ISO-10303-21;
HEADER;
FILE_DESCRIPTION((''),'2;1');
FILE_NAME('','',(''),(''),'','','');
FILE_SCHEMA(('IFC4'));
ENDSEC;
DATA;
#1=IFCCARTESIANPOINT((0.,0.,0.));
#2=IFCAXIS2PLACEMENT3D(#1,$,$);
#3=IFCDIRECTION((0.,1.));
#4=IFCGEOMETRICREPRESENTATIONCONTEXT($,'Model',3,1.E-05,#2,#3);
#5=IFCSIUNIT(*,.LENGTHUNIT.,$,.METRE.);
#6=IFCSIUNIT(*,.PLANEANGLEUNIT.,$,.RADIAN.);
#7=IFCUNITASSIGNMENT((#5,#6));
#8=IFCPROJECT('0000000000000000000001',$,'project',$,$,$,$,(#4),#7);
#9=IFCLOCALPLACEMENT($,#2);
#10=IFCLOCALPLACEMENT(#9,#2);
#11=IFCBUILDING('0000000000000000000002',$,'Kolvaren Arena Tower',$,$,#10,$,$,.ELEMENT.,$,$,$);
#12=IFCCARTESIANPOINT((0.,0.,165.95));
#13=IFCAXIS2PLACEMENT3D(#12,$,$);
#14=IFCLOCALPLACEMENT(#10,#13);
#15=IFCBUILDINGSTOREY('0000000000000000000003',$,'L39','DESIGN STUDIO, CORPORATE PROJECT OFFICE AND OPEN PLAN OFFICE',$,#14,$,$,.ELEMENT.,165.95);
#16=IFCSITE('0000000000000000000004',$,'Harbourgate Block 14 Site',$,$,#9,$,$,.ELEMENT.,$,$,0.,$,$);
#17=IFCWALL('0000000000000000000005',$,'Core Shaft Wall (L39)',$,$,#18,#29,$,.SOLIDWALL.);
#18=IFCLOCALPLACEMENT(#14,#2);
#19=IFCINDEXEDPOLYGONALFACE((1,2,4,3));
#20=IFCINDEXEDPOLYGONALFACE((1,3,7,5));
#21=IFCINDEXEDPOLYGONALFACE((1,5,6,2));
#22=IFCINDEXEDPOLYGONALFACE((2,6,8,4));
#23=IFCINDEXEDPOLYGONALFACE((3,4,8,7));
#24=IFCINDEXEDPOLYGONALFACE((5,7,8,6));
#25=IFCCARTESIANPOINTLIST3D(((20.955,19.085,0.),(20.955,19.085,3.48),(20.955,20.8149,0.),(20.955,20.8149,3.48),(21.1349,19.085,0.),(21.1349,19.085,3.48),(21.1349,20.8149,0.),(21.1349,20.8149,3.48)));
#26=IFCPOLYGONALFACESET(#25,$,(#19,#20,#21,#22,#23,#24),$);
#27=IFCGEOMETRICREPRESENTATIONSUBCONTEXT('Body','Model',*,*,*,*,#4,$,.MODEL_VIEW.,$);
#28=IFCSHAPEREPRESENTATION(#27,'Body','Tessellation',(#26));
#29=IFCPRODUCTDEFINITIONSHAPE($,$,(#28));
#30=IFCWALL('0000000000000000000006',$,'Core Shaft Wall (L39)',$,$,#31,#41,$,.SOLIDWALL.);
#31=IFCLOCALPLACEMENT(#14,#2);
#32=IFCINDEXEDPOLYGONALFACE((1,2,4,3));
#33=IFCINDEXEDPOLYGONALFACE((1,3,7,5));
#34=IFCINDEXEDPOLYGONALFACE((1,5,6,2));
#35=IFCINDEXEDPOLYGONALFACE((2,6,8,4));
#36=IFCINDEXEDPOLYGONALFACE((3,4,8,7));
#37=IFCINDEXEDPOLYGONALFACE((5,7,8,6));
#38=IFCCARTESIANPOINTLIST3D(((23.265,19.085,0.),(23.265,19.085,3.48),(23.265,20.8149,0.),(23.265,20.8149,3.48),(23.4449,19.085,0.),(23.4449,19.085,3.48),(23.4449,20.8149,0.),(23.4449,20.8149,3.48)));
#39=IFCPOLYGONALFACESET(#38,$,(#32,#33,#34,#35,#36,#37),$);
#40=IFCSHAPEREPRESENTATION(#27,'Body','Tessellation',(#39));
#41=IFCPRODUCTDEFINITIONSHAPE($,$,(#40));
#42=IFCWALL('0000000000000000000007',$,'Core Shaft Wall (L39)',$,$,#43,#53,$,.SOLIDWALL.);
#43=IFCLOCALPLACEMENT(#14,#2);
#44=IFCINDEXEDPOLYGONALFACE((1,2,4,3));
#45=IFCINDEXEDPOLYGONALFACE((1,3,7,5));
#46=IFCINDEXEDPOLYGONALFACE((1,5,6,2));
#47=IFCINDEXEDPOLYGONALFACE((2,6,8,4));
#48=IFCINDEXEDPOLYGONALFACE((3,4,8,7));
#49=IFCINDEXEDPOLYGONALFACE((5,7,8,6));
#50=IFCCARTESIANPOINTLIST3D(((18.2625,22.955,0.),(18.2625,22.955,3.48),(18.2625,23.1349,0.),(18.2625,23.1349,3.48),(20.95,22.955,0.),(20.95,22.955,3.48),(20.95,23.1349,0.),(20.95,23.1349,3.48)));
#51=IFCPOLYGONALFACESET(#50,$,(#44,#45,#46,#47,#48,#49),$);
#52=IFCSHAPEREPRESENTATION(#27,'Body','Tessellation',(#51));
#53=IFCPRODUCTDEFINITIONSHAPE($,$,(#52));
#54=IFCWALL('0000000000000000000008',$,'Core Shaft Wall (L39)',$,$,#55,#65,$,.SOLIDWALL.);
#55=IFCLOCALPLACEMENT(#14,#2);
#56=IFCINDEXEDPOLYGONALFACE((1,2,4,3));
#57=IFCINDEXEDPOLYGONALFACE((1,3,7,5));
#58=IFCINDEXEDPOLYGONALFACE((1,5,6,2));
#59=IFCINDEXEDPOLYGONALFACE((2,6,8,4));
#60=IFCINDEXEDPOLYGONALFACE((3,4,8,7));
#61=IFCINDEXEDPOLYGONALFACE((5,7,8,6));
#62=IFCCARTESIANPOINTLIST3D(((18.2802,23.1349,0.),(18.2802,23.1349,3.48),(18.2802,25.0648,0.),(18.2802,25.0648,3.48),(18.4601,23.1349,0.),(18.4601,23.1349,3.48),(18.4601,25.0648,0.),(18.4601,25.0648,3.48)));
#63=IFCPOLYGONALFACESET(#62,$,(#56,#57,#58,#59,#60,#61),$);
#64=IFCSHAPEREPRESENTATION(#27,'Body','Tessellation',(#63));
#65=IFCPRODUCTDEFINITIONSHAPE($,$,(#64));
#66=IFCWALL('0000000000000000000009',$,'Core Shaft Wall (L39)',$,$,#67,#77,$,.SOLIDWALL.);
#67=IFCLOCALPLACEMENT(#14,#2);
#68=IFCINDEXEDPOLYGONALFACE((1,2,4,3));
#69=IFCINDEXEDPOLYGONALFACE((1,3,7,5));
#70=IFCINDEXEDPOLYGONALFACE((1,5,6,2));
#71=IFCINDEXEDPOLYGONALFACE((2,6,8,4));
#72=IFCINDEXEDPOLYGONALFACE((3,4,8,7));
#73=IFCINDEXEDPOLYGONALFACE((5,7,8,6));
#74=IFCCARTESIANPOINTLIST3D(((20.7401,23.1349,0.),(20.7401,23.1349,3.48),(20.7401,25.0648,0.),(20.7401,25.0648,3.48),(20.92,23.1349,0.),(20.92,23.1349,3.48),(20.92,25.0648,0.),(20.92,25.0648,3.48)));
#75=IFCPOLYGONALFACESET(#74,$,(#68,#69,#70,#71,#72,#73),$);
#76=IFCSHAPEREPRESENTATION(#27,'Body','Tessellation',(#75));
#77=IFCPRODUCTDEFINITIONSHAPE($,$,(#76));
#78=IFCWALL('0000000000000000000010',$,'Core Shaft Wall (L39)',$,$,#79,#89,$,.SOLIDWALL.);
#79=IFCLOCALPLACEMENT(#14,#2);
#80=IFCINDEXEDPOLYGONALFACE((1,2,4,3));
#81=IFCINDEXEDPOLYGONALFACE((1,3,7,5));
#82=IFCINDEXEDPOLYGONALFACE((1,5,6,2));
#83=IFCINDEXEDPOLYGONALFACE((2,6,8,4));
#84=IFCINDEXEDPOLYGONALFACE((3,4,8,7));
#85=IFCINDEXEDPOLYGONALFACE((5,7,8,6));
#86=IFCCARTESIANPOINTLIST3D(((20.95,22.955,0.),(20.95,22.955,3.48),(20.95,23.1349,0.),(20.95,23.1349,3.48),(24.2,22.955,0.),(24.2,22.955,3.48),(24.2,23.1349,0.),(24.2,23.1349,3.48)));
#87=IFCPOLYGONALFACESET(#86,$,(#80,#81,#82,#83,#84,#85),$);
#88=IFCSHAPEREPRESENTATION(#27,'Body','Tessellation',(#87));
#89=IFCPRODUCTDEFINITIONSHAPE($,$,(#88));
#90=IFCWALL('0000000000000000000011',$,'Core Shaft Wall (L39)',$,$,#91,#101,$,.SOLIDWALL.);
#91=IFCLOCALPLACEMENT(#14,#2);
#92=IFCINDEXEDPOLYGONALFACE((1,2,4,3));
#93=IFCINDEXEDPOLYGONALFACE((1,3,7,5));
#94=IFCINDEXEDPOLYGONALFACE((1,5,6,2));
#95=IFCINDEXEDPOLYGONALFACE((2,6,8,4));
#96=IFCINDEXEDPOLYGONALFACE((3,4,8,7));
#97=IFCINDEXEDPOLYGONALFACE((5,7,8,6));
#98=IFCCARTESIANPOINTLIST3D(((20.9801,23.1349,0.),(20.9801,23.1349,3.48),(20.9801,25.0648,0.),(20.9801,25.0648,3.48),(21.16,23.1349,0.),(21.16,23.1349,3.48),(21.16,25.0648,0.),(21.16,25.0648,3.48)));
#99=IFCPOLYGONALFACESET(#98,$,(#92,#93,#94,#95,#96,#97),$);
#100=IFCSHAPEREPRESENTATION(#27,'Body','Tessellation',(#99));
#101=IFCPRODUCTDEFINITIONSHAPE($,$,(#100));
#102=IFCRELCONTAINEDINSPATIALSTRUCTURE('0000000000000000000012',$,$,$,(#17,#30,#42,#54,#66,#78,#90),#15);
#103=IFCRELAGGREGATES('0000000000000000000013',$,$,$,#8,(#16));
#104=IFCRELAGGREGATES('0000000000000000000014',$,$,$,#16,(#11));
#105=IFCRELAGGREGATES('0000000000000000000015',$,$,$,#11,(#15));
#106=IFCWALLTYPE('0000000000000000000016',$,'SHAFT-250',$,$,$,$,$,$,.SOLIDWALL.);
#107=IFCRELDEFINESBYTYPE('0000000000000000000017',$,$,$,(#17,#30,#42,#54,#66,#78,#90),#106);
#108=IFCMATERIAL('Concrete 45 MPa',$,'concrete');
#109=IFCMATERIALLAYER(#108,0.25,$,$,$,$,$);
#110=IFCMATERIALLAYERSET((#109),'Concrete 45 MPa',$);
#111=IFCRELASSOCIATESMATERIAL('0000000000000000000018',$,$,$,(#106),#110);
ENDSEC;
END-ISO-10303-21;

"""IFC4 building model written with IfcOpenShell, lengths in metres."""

from ifc_helpers import new_model, si_unit, direction, frame, frame_2d, origin, place, context, subcontext, project, spatial, rectangle, extrude, material, layer, layer_set, type_object, element, save


model = new_model("IFC4")

# Units and contexts
model_context = context("Model", 3, precision=1e-05, world=origin(), true_north=direction((0.0, 1.0)))
body_context = subcontext(model_context, "Body", "Model", "MODEL_VIEW")
ifc_project = project(units=[si_unit("LENGTHUNIT", "METRE"), si_unit("PLANEANGLEUNIT", "RADIAN")], contexts=[model_context])

# Site, building, storey
site_placement = place(None, origin())
site = spatial("IfcSite", under=ifc_project, at=site_placement, Name="Harbourgate Block 14 Site", CompositionType="ELEMENT", RefElevation=0.0)
building_placement = place(site_placement, origin())
building = spatial("IfcBuilding", under=site, at=building_placement, Name="Kolvaren Arena Tower", CompositionType="ELEMENT")
storey_placement = place(building_placement, frame((0.0, 0.0, 165.95)))
storey = spatial("IfcBuildingStorey", under=building, at=storey_placement, Name="L39", Description="DESIGN STUDIO, CORPORATE PROJECT OFFICE AND OPEN PLAN OFFICE", CompositionType="ELEMENT", Elevation=165.95)

# Shared definitions
ifc_material_1 = material(Name="Concrete 45 MPa", Category="concrete")
ifc_layer_1 = layer(ifc_material_1, 0.25)
ifc_layer_set_1 = layer_set([ifc_layer_1], Name="Concrete 45 MPa")
wall_type_1 = type_object("IfcWallType", Name="SHAFT-250", PredefinedType="SOLIDWALL", material=ifc_layer_set_1)

# Walls
for number, where, z_axis, x_axis, name in (
    (1, (21.0449, 19.085, 0.0), (0.0, 0.0, 1.0), (0.0, 1.0, 0.0), "Core Shaft Wall (L39)"),
    (2, (23.355, 19.085, 0.0), (0.0, 0.0, 1.0), (0.0, 1.0, 0.0), "Core Shaft Wall (L39)"),
):
    element("IfcWall", number, at=place(storey_placement, frame(where, z_axis=z_axis, x_axis=x_axis)), inside=storey, type_object=wall_type_1, Name=name, PredefinedType="SOLIDWALL", context=body_context, shape_type="SweptSolid", body=[
        extrude(rectangle(XDim=1.73, YDim=0.1799, at=frame_2d((0.865, 0.0))), origin(), (0.0, 0.0, 1.0), 3.48),
    ])
wall_1_placement = place(storey_placement, frame((18.2625, 23.0449, 0.0), z_axis=(0.0, 0.0, 1.0), x_axis=(1.0, 0.0, 0.0)))
element("IfcWall", 3, at=wall_1_placement, inside=storey, type_object=wall_type_1, Name="Core Shaft Wall (L39)", PredefinedType="SOLIDWALL", context=body_context, shape_type="SweptSolid", body=[
    extrude(rectangle(XDim=2.6875, YDim=0.1799, at=frame_2d((1.3438, 0.0))), origin(), (0.0, 0.0, 1.0), 3.48),
])
for number, where, z_axis, x_axis, name in (
    (4, (18.3701, 23.135, 0.0), (0.0, 0.0, 1.0), (0.0, 1.0, 0.0), "Core Shaft Wall (L39)"),
    (5, (20.8301, 23.135, 0.0), (0.0, 0.0, 1.0), (0.0, 1.0, 0.0), "Core Shaft Wall (L39)"),
):
    element("IfcWall", number, at=place(storey_placement, frame(where, z_axis=z_axis, x_axis=x_axis)), inside=storey, type_object=wall_type_1, Name=name, PredefinedType="SOLIDWALL", context=body_context, shape_type="SweptSolid", body=[
        extrude(rectangle(XDim=1.9299, YDim=0.1799, at=frame_2d((0.9648, 0.0))), origin(), (0.0, 0.0, 1.0), 3.48),
    ])
wall_2_placement = place(storey_placement, frame((20.95, 23.0449, 0.0), z_axis=(0.0, 0.0, 1.0), x_axis=(1.0, 0.0, 0.0)))
element("IfcWall", 6, at=wall_2_placement, inside=storey, type_object=wall_type_1, Name="Core Shaft Wall (L39)", PredefinedType="SOLIDWALL", context=body_context, shape_type="SweptSolid", body=[
    extrude(rectangle(XDim=3.25, YDim=0.1799, at=frame_2d((1.625, 0.0))), origin(), (0.0, 0.0, 1.0), 3.48),
])
wall_3_placement = place(storey_placement, frame((21.0701, 23.135, 0.0), z_axis=(0.0, 0.0, 1.0), x_axis=(0.0, 1.0, 0.0)))
element("IfcWall", 7, at=wall_3_placement, inside=storey, type_object=wall_type_1, Name="Core Shaft Wall (L39)", PredefinedType="SOLIDWALL", context=body_context, shape_type="SweptSolid", body=[
    extrude(rectangle(XDim=1.9299, YDim=0.1799, at=frame_2d((0.9648, 0.0))), origin(), (0.0, 0.0, 1.0), 3.48),
])

save(model, "model.ifc")
